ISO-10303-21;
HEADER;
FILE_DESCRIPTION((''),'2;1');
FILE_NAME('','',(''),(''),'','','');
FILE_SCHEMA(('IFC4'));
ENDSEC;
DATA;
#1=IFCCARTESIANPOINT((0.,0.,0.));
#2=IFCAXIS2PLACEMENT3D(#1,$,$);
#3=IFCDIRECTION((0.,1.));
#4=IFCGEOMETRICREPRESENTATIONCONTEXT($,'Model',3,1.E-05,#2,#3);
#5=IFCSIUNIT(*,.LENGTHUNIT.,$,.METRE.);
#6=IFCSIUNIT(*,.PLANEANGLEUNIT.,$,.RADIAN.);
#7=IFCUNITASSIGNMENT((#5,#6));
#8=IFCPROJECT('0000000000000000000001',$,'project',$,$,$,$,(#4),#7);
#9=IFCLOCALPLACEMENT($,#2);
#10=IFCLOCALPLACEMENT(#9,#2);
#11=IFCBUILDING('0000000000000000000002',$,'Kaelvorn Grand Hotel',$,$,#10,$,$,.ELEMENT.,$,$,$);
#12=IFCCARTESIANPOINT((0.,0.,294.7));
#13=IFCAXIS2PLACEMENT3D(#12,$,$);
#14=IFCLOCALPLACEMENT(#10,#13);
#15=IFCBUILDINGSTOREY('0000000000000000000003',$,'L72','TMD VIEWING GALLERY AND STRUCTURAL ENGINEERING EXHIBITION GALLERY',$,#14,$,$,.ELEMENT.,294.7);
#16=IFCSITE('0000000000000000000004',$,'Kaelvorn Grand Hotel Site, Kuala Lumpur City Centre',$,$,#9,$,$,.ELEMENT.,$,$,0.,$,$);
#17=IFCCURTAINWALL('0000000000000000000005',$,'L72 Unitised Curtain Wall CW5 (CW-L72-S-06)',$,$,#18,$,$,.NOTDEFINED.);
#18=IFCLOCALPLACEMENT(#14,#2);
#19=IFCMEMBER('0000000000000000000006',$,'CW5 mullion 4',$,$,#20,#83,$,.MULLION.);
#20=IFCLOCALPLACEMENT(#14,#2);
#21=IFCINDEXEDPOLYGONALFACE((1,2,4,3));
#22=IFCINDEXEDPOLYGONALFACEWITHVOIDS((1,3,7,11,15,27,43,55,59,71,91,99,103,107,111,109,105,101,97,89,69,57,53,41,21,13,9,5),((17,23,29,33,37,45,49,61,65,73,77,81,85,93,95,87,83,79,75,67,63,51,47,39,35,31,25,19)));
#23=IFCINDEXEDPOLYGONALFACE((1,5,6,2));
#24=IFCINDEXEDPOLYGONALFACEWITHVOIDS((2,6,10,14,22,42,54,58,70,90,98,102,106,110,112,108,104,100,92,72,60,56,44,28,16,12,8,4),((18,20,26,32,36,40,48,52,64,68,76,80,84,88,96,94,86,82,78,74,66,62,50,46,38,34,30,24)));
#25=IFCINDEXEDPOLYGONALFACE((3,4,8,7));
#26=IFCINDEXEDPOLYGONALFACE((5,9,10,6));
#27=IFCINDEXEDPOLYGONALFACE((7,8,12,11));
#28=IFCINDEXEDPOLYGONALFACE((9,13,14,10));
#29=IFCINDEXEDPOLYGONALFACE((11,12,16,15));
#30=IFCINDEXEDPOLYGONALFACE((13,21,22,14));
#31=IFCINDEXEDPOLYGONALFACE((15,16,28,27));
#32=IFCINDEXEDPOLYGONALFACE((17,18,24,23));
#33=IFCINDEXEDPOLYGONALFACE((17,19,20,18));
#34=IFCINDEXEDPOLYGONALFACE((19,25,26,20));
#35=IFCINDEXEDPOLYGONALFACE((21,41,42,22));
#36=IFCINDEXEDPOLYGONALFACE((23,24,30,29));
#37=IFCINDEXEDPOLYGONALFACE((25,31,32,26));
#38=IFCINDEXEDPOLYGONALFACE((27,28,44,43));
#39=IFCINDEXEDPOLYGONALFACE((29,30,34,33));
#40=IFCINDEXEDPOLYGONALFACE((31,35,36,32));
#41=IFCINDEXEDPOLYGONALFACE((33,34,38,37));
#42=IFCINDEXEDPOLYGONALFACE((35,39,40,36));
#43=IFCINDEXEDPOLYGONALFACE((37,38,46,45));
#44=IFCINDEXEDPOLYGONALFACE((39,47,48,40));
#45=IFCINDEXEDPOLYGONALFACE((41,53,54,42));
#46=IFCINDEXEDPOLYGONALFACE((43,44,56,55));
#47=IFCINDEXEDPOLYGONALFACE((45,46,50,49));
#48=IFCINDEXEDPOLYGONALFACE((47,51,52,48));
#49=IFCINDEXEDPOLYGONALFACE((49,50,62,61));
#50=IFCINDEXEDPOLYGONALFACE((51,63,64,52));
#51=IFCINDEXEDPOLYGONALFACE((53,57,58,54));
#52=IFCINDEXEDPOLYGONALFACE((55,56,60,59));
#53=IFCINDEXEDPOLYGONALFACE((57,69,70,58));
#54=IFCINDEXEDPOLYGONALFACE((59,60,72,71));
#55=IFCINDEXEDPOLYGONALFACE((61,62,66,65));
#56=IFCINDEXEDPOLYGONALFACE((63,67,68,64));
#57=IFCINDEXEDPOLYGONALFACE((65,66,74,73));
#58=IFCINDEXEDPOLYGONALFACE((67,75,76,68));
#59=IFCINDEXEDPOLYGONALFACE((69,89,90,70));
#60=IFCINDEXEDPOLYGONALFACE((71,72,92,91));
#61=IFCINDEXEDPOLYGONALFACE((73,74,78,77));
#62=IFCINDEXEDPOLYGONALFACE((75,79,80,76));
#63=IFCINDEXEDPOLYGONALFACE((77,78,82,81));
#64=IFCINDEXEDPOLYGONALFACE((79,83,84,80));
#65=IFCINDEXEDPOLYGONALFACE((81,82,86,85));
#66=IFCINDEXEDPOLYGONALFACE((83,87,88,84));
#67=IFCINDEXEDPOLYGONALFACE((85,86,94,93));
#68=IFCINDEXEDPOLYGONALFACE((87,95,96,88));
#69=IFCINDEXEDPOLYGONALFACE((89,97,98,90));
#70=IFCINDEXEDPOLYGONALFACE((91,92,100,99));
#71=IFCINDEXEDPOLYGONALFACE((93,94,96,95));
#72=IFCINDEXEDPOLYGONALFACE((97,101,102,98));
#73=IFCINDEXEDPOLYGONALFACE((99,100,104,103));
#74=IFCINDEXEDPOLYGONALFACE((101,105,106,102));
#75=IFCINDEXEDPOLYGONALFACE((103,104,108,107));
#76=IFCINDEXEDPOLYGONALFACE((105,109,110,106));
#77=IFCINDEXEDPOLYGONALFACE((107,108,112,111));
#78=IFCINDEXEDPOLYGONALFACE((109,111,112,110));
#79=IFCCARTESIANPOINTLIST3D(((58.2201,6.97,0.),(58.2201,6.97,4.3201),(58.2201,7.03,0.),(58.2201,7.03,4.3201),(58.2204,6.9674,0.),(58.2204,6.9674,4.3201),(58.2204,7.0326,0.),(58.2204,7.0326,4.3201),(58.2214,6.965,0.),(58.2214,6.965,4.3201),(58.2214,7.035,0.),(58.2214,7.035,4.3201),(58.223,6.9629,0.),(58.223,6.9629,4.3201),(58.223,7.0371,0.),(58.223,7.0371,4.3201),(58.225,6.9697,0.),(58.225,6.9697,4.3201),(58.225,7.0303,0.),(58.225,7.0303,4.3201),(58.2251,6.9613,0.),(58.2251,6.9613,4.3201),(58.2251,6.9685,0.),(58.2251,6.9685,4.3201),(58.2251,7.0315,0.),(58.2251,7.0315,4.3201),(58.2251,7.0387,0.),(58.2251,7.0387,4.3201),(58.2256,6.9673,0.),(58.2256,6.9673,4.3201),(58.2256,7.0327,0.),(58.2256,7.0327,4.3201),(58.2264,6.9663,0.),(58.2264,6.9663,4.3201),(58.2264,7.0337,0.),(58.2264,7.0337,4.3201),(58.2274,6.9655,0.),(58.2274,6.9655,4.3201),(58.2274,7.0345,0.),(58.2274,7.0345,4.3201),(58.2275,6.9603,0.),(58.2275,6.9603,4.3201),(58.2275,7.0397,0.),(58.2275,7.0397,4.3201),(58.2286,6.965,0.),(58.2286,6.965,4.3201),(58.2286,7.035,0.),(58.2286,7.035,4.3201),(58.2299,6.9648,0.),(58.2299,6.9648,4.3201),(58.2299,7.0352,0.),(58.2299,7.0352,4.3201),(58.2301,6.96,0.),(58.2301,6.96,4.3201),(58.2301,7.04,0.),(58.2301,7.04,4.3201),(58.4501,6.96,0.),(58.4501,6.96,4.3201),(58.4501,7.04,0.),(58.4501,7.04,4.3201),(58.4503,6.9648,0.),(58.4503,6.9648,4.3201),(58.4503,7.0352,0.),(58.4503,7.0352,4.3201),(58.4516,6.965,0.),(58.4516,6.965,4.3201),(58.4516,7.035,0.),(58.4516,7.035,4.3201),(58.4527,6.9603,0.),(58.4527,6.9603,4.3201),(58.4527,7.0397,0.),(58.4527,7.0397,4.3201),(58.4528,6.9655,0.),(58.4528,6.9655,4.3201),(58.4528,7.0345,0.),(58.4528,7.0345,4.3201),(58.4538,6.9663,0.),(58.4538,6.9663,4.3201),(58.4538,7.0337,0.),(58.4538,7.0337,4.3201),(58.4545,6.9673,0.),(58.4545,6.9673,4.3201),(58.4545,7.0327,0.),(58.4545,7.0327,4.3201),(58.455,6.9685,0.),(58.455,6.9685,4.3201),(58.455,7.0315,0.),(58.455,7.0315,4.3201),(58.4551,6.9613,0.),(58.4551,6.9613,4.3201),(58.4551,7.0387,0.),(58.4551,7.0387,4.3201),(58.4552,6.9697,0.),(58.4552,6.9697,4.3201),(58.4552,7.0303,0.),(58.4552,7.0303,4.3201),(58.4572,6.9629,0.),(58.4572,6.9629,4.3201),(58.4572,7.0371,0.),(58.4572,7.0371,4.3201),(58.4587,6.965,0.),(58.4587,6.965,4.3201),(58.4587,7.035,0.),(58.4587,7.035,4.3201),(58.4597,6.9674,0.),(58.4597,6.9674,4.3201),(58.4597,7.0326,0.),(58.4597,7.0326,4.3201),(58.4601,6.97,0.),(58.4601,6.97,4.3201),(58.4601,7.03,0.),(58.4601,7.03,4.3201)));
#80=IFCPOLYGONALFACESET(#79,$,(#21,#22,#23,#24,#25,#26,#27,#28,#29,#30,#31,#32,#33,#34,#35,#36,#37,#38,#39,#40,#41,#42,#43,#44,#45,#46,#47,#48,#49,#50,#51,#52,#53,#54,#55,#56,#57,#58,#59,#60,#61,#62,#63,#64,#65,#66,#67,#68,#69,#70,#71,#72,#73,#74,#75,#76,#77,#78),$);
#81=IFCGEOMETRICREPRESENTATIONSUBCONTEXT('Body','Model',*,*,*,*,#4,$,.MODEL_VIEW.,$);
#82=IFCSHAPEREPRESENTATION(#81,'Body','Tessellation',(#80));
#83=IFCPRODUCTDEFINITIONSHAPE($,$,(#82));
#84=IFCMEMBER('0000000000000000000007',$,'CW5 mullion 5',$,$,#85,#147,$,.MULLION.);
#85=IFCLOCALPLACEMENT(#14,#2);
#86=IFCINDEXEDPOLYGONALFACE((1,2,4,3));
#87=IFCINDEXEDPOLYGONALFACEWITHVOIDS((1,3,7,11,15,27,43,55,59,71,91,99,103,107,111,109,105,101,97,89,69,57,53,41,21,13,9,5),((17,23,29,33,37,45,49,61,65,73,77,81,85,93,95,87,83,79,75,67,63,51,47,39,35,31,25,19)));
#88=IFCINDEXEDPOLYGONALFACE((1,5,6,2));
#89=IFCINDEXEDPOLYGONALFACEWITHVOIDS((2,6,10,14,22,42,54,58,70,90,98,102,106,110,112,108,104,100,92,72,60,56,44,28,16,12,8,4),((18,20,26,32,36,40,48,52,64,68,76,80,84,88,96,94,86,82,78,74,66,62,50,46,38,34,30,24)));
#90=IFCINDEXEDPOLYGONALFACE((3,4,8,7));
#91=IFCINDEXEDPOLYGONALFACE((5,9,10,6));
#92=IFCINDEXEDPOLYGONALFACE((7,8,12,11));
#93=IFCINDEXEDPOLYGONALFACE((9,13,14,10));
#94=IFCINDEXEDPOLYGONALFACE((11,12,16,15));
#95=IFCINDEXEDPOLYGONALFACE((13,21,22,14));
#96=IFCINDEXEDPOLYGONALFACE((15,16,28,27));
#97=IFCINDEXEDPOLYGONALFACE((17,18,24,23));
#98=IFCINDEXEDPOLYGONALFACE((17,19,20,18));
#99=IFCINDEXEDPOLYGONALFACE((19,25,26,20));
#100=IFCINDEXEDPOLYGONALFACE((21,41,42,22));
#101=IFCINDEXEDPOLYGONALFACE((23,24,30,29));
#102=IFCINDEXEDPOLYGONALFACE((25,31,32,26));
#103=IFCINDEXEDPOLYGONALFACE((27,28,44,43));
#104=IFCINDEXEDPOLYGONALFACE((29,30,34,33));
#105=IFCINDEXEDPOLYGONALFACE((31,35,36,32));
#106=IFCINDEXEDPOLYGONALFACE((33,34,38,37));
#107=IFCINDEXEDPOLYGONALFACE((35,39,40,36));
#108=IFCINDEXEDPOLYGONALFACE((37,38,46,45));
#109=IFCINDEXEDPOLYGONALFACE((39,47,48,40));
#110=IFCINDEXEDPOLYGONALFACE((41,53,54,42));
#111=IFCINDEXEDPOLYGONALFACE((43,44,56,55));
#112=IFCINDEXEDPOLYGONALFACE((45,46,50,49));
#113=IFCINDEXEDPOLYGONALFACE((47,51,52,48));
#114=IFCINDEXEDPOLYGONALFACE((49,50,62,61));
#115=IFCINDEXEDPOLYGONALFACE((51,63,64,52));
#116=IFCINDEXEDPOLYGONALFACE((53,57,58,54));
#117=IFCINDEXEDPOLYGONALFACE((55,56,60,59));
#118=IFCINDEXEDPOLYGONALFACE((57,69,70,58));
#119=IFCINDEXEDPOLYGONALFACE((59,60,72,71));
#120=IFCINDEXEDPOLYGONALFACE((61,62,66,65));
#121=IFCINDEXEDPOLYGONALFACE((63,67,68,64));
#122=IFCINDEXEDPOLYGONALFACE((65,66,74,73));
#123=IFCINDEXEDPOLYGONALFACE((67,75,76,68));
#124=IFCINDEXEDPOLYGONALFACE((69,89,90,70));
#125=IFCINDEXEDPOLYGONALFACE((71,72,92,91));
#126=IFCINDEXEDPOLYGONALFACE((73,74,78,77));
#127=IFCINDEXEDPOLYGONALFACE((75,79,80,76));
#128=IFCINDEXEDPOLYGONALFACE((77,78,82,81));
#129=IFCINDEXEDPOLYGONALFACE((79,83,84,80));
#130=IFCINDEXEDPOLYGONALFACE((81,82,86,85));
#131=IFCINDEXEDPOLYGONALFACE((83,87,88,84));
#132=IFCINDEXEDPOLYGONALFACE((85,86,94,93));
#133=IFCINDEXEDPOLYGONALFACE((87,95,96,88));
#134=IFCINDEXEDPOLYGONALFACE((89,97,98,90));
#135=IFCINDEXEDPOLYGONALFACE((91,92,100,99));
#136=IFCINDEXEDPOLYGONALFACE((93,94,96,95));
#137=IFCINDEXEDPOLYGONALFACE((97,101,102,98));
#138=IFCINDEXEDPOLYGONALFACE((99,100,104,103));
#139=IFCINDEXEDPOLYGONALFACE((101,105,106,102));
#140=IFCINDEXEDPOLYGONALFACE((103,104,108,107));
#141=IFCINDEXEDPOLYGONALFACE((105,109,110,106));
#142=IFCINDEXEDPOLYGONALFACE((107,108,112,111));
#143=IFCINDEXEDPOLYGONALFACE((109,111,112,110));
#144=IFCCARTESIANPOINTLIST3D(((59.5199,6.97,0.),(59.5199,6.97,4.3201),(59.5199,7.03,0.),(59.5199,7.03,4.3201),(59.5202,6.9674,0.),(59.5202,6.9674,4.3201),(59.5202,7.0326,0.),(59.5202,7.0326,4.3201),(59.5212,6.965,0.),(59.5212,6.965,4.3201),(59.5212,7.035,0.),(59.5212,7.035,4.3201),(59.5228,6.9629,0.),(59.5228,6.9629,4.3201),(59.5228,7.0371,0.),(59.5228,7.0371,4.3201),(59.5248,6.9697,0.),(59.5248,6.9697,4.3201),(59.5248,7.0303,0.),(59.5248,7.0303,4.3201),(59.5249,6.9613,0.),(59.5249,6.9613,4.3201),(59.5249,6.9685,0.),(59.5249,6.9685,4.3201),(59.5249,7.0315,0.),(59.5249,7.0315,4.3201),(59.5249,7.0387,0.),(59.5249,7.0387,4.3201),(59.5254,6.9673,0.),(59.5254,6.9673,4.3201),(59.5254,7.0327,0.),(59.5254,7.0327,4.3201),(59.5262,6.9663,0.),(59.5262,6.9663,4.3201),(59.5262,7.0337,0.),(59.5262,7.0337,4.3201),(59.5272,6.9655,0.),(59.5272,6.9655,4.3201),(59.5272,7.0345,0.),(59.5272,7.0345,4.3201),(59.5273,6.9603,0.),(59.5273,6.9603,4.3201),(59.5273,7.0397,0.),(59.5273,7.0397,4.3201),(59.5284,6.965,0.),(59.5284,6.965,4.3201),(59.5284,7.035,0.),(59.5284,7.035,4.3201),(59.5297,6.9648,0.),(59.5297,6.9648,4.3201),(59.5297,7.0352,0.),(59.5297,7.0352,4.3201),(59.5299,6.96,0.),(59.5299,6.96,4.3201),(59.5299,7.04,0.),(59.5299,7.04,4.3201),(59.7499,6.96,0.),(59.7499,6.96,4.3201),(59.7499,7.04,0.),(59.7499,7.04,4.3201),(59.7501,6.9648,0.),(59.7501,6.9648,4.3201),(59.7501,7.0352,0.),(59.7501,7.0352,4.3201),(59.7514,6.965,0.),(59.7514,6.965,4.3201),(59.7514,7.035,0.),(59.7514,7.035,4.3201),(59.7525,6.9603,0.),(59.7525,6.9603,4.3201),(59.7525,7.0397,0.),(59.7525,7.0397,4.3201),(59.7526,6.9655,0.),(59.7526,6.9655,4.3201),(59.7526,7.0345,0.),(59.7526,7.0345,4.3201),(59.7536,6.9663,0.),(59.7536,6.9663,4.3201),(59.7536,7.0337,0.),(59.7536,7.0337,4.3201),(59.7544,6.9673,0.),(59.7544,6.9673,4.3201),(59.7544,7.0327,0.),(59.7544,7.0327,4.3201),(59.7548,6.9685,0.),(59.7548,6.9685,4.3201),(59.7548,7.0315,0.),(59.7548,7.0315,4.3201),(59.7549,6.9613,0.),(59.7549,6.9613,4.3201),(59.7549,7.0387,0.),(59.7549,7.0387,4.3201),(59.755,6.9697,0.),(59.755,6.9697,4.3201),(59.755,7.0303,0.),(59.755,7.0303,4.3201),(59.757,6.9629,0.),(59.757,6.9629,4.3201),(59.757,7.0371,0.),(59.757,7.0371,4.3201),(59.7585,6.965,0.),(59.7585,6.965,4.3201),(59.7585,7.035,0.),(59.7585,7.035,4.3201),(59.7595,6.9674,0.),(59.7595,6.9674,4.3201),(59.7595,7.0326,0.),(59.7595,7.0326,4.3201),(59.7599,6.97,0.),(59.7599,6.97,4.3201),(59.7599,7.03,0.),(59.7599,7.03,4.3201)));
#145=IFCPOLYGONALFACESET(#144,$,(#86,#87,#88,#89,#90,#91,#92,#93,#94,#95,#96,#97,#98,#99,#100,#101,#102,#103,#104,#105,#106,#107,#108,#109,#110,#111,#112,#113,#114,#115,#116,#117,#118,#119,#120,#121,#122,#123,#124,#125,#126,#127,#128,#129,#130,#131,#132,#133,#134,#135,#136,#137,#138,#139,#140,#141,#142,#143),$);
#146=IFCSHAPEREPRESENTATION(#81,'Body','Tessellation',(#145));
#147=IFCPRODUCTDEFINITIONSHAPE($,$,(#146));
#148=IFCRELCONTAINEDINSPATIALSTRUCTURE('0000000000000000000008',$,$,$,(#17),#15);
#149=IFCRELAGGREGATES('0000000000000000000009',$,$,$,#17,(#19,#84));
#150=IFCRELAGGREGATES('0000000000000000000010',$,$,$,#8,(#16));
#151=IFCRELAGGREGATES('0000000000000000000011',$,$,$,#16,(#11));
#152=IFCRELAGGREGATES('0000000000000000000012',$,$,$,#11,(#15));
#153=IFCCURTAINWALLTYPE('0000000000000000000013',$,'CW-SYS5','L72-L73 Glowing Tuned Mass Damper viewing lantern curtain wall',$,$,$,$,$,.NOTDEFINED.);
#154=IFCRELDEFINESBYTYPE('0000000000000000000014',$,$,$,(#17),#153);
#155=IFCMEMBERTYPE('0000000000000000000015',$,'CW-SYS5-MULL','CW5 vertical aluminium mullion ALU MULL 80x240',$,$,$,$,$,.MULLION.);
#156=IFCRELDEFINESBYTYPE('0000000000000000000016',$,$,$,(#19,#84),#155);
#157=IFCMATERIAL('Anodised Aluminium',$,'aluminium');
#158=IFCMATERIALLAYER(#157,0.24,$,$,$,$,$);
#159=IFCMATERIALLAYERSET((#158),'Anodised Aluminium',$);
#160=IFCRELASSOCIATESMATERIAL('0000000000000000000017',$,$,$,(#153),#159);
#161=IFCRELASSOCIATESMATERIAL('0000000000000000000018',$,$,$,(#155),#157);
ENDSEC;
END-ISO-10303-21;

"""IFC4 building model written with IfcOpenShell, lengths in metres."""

from ifc_helpers import new_model, si_unit, direction, frame, origin, origin_2d, place, context, subcontext, project, spatial, hollow_rectangle, extrude, material, layer, layer_set, material_profile, profile_set, type_object, element, aggregate, save


model = new_model("IFC4")

# Units and contexts
model_context = context("Model", 3, precision=1e-05, world=origin(), true_north=direction((0.0, 1.0)))
body_context = subcontext(model_context, "Body", "Model", "MODEL_VIEW")
ifc_project = project(units=[si_unit("LENGTHUNIT", "METRE"), si_unit("PLANEANGLEUNIT", "RADIAN")], contexts=[model_context])

# Site, building, storey
site_placement = place(None, origin())
site = spatial("IfcSite", under=ifc_project, at=site_placement, Name="Kaelvorn Grand Hotel Site, Kuala Lumpur City Centre", CompositionType="ELEMENT", RefElevation=0.0)
building_placement = place(site_placement, origin())
building = spatial("IfcBuilding", under=site, at=building_placement, Name="Kaelvorn Grand Hotel", CompositionType="ELEMENT")
storey_placement = place(building_placement, frame((0.0, 0.0, 294.7)))
storey = spatial("IfcBuildingStorey", under=building, at=storey_placement, Name="L72", Description="TMD VIEWING GALLERY AND STRUCTURAL ENGINEERING EXHIBITION GALLERY", CompositionType="ELEMENT", Elevation=294.7)

# Curtain wall, members
ifc_material_1 = material(Name="Anodised Aluminium", Category="aluminium")
ifc_layer_1 = layer(ifc_material_1, 0.24)
ifc_layer_set_1 = layer_set([ifc_layer_1], Name="Anodised Aluminium")
curtain_wall_type = type_object("IfcCurtainWallType", Name="CW-SYS5", Description="L72-L73 Glowing Tuned Mass Damper viewing lantern curtain wall", PredefinedType="NOTDEFINED", material=ifc_layer_set_1)
curtain_wall_1_placement = place(storey_placement, origin())
curtain_wall_1 = element("IfcCurtainWall", 1, at=curtain_wall_1_placement, inside=storey, type_object=curtain_wall_type, Name="L72 Unitised Curtain Wall CW5 (CW-L72-S-06)", PredefinedType="NOTDEFINED")
ifc_material_profile_1 = material_profile(ifc_material_1, hollow_rectangle(XDim=0.0801, YDim=0.24, WallThickness=0.0049, InnerFilletRadius=0.0049, OuterFilletRadius=0.01, at=origin_2d()), Name="ALU MULL 80x240")
ifc_profile_set_1 = profile_set([ifc_material_profile_1], Name="Anodised Aluminium")
member_type_1 = type_object("IfcMemberType", Name="CW-SYS5-MULL", Description="CW5 vertical aluminium mullion ALU MULL 80x240", PredefinedType="MULLION", material=ifc_profile_set_1)
member_1_placement = place(storey_placement, frame((58.3401, 7.0, 0.0), z_axis=(0.0, 0.0, 1.0), x_axis=(0.0, 1.0, 0.0)))
member_1 = element("IfcMember", 2, at=member_1_placement, type_object=member_type_1, Name="CW5 mullion 4", PredefinedType="MULLION", context=body_context, shape_type="SweptSolid", body=[
    extrude(hollow_rectangle(XDim=0.0801, YDim=0.24, WallThickness=0.0049, InnerFilletRadius=0.0049, OuterFilletRadius=0.01, at=origin_2d()), origin(), (0.0, 0.0, 1.0), 4.3201),
])
member_2_placement = place(storey_placement, frame((59.6399, 7.0, 0.0), z_axis=(0.0, 0.0, 1.0), x_axis=(0.0, 1.0, 0.0)))
member_2 = element("IfcMember", 3, at=member_2_placement, type_object=member_type_1, Name="CW5 mullion 5", PredefinedType="MULLION", context=body_context, shape_type="SweptSolid", body=[
    extrude(hollow_rectangle(XDim=0.0801, YDim=0.24, WallThickness=0.0049, InnerFilletRadius=0.0049, OuterFilletRadius=0.01, at=origin_2d()), origin(), (0.0, 0.0, 1.0), 4.3201),
])

aggregate(curtain_wall_1, [member_1, member_2])

save(model, "model.ifc")
